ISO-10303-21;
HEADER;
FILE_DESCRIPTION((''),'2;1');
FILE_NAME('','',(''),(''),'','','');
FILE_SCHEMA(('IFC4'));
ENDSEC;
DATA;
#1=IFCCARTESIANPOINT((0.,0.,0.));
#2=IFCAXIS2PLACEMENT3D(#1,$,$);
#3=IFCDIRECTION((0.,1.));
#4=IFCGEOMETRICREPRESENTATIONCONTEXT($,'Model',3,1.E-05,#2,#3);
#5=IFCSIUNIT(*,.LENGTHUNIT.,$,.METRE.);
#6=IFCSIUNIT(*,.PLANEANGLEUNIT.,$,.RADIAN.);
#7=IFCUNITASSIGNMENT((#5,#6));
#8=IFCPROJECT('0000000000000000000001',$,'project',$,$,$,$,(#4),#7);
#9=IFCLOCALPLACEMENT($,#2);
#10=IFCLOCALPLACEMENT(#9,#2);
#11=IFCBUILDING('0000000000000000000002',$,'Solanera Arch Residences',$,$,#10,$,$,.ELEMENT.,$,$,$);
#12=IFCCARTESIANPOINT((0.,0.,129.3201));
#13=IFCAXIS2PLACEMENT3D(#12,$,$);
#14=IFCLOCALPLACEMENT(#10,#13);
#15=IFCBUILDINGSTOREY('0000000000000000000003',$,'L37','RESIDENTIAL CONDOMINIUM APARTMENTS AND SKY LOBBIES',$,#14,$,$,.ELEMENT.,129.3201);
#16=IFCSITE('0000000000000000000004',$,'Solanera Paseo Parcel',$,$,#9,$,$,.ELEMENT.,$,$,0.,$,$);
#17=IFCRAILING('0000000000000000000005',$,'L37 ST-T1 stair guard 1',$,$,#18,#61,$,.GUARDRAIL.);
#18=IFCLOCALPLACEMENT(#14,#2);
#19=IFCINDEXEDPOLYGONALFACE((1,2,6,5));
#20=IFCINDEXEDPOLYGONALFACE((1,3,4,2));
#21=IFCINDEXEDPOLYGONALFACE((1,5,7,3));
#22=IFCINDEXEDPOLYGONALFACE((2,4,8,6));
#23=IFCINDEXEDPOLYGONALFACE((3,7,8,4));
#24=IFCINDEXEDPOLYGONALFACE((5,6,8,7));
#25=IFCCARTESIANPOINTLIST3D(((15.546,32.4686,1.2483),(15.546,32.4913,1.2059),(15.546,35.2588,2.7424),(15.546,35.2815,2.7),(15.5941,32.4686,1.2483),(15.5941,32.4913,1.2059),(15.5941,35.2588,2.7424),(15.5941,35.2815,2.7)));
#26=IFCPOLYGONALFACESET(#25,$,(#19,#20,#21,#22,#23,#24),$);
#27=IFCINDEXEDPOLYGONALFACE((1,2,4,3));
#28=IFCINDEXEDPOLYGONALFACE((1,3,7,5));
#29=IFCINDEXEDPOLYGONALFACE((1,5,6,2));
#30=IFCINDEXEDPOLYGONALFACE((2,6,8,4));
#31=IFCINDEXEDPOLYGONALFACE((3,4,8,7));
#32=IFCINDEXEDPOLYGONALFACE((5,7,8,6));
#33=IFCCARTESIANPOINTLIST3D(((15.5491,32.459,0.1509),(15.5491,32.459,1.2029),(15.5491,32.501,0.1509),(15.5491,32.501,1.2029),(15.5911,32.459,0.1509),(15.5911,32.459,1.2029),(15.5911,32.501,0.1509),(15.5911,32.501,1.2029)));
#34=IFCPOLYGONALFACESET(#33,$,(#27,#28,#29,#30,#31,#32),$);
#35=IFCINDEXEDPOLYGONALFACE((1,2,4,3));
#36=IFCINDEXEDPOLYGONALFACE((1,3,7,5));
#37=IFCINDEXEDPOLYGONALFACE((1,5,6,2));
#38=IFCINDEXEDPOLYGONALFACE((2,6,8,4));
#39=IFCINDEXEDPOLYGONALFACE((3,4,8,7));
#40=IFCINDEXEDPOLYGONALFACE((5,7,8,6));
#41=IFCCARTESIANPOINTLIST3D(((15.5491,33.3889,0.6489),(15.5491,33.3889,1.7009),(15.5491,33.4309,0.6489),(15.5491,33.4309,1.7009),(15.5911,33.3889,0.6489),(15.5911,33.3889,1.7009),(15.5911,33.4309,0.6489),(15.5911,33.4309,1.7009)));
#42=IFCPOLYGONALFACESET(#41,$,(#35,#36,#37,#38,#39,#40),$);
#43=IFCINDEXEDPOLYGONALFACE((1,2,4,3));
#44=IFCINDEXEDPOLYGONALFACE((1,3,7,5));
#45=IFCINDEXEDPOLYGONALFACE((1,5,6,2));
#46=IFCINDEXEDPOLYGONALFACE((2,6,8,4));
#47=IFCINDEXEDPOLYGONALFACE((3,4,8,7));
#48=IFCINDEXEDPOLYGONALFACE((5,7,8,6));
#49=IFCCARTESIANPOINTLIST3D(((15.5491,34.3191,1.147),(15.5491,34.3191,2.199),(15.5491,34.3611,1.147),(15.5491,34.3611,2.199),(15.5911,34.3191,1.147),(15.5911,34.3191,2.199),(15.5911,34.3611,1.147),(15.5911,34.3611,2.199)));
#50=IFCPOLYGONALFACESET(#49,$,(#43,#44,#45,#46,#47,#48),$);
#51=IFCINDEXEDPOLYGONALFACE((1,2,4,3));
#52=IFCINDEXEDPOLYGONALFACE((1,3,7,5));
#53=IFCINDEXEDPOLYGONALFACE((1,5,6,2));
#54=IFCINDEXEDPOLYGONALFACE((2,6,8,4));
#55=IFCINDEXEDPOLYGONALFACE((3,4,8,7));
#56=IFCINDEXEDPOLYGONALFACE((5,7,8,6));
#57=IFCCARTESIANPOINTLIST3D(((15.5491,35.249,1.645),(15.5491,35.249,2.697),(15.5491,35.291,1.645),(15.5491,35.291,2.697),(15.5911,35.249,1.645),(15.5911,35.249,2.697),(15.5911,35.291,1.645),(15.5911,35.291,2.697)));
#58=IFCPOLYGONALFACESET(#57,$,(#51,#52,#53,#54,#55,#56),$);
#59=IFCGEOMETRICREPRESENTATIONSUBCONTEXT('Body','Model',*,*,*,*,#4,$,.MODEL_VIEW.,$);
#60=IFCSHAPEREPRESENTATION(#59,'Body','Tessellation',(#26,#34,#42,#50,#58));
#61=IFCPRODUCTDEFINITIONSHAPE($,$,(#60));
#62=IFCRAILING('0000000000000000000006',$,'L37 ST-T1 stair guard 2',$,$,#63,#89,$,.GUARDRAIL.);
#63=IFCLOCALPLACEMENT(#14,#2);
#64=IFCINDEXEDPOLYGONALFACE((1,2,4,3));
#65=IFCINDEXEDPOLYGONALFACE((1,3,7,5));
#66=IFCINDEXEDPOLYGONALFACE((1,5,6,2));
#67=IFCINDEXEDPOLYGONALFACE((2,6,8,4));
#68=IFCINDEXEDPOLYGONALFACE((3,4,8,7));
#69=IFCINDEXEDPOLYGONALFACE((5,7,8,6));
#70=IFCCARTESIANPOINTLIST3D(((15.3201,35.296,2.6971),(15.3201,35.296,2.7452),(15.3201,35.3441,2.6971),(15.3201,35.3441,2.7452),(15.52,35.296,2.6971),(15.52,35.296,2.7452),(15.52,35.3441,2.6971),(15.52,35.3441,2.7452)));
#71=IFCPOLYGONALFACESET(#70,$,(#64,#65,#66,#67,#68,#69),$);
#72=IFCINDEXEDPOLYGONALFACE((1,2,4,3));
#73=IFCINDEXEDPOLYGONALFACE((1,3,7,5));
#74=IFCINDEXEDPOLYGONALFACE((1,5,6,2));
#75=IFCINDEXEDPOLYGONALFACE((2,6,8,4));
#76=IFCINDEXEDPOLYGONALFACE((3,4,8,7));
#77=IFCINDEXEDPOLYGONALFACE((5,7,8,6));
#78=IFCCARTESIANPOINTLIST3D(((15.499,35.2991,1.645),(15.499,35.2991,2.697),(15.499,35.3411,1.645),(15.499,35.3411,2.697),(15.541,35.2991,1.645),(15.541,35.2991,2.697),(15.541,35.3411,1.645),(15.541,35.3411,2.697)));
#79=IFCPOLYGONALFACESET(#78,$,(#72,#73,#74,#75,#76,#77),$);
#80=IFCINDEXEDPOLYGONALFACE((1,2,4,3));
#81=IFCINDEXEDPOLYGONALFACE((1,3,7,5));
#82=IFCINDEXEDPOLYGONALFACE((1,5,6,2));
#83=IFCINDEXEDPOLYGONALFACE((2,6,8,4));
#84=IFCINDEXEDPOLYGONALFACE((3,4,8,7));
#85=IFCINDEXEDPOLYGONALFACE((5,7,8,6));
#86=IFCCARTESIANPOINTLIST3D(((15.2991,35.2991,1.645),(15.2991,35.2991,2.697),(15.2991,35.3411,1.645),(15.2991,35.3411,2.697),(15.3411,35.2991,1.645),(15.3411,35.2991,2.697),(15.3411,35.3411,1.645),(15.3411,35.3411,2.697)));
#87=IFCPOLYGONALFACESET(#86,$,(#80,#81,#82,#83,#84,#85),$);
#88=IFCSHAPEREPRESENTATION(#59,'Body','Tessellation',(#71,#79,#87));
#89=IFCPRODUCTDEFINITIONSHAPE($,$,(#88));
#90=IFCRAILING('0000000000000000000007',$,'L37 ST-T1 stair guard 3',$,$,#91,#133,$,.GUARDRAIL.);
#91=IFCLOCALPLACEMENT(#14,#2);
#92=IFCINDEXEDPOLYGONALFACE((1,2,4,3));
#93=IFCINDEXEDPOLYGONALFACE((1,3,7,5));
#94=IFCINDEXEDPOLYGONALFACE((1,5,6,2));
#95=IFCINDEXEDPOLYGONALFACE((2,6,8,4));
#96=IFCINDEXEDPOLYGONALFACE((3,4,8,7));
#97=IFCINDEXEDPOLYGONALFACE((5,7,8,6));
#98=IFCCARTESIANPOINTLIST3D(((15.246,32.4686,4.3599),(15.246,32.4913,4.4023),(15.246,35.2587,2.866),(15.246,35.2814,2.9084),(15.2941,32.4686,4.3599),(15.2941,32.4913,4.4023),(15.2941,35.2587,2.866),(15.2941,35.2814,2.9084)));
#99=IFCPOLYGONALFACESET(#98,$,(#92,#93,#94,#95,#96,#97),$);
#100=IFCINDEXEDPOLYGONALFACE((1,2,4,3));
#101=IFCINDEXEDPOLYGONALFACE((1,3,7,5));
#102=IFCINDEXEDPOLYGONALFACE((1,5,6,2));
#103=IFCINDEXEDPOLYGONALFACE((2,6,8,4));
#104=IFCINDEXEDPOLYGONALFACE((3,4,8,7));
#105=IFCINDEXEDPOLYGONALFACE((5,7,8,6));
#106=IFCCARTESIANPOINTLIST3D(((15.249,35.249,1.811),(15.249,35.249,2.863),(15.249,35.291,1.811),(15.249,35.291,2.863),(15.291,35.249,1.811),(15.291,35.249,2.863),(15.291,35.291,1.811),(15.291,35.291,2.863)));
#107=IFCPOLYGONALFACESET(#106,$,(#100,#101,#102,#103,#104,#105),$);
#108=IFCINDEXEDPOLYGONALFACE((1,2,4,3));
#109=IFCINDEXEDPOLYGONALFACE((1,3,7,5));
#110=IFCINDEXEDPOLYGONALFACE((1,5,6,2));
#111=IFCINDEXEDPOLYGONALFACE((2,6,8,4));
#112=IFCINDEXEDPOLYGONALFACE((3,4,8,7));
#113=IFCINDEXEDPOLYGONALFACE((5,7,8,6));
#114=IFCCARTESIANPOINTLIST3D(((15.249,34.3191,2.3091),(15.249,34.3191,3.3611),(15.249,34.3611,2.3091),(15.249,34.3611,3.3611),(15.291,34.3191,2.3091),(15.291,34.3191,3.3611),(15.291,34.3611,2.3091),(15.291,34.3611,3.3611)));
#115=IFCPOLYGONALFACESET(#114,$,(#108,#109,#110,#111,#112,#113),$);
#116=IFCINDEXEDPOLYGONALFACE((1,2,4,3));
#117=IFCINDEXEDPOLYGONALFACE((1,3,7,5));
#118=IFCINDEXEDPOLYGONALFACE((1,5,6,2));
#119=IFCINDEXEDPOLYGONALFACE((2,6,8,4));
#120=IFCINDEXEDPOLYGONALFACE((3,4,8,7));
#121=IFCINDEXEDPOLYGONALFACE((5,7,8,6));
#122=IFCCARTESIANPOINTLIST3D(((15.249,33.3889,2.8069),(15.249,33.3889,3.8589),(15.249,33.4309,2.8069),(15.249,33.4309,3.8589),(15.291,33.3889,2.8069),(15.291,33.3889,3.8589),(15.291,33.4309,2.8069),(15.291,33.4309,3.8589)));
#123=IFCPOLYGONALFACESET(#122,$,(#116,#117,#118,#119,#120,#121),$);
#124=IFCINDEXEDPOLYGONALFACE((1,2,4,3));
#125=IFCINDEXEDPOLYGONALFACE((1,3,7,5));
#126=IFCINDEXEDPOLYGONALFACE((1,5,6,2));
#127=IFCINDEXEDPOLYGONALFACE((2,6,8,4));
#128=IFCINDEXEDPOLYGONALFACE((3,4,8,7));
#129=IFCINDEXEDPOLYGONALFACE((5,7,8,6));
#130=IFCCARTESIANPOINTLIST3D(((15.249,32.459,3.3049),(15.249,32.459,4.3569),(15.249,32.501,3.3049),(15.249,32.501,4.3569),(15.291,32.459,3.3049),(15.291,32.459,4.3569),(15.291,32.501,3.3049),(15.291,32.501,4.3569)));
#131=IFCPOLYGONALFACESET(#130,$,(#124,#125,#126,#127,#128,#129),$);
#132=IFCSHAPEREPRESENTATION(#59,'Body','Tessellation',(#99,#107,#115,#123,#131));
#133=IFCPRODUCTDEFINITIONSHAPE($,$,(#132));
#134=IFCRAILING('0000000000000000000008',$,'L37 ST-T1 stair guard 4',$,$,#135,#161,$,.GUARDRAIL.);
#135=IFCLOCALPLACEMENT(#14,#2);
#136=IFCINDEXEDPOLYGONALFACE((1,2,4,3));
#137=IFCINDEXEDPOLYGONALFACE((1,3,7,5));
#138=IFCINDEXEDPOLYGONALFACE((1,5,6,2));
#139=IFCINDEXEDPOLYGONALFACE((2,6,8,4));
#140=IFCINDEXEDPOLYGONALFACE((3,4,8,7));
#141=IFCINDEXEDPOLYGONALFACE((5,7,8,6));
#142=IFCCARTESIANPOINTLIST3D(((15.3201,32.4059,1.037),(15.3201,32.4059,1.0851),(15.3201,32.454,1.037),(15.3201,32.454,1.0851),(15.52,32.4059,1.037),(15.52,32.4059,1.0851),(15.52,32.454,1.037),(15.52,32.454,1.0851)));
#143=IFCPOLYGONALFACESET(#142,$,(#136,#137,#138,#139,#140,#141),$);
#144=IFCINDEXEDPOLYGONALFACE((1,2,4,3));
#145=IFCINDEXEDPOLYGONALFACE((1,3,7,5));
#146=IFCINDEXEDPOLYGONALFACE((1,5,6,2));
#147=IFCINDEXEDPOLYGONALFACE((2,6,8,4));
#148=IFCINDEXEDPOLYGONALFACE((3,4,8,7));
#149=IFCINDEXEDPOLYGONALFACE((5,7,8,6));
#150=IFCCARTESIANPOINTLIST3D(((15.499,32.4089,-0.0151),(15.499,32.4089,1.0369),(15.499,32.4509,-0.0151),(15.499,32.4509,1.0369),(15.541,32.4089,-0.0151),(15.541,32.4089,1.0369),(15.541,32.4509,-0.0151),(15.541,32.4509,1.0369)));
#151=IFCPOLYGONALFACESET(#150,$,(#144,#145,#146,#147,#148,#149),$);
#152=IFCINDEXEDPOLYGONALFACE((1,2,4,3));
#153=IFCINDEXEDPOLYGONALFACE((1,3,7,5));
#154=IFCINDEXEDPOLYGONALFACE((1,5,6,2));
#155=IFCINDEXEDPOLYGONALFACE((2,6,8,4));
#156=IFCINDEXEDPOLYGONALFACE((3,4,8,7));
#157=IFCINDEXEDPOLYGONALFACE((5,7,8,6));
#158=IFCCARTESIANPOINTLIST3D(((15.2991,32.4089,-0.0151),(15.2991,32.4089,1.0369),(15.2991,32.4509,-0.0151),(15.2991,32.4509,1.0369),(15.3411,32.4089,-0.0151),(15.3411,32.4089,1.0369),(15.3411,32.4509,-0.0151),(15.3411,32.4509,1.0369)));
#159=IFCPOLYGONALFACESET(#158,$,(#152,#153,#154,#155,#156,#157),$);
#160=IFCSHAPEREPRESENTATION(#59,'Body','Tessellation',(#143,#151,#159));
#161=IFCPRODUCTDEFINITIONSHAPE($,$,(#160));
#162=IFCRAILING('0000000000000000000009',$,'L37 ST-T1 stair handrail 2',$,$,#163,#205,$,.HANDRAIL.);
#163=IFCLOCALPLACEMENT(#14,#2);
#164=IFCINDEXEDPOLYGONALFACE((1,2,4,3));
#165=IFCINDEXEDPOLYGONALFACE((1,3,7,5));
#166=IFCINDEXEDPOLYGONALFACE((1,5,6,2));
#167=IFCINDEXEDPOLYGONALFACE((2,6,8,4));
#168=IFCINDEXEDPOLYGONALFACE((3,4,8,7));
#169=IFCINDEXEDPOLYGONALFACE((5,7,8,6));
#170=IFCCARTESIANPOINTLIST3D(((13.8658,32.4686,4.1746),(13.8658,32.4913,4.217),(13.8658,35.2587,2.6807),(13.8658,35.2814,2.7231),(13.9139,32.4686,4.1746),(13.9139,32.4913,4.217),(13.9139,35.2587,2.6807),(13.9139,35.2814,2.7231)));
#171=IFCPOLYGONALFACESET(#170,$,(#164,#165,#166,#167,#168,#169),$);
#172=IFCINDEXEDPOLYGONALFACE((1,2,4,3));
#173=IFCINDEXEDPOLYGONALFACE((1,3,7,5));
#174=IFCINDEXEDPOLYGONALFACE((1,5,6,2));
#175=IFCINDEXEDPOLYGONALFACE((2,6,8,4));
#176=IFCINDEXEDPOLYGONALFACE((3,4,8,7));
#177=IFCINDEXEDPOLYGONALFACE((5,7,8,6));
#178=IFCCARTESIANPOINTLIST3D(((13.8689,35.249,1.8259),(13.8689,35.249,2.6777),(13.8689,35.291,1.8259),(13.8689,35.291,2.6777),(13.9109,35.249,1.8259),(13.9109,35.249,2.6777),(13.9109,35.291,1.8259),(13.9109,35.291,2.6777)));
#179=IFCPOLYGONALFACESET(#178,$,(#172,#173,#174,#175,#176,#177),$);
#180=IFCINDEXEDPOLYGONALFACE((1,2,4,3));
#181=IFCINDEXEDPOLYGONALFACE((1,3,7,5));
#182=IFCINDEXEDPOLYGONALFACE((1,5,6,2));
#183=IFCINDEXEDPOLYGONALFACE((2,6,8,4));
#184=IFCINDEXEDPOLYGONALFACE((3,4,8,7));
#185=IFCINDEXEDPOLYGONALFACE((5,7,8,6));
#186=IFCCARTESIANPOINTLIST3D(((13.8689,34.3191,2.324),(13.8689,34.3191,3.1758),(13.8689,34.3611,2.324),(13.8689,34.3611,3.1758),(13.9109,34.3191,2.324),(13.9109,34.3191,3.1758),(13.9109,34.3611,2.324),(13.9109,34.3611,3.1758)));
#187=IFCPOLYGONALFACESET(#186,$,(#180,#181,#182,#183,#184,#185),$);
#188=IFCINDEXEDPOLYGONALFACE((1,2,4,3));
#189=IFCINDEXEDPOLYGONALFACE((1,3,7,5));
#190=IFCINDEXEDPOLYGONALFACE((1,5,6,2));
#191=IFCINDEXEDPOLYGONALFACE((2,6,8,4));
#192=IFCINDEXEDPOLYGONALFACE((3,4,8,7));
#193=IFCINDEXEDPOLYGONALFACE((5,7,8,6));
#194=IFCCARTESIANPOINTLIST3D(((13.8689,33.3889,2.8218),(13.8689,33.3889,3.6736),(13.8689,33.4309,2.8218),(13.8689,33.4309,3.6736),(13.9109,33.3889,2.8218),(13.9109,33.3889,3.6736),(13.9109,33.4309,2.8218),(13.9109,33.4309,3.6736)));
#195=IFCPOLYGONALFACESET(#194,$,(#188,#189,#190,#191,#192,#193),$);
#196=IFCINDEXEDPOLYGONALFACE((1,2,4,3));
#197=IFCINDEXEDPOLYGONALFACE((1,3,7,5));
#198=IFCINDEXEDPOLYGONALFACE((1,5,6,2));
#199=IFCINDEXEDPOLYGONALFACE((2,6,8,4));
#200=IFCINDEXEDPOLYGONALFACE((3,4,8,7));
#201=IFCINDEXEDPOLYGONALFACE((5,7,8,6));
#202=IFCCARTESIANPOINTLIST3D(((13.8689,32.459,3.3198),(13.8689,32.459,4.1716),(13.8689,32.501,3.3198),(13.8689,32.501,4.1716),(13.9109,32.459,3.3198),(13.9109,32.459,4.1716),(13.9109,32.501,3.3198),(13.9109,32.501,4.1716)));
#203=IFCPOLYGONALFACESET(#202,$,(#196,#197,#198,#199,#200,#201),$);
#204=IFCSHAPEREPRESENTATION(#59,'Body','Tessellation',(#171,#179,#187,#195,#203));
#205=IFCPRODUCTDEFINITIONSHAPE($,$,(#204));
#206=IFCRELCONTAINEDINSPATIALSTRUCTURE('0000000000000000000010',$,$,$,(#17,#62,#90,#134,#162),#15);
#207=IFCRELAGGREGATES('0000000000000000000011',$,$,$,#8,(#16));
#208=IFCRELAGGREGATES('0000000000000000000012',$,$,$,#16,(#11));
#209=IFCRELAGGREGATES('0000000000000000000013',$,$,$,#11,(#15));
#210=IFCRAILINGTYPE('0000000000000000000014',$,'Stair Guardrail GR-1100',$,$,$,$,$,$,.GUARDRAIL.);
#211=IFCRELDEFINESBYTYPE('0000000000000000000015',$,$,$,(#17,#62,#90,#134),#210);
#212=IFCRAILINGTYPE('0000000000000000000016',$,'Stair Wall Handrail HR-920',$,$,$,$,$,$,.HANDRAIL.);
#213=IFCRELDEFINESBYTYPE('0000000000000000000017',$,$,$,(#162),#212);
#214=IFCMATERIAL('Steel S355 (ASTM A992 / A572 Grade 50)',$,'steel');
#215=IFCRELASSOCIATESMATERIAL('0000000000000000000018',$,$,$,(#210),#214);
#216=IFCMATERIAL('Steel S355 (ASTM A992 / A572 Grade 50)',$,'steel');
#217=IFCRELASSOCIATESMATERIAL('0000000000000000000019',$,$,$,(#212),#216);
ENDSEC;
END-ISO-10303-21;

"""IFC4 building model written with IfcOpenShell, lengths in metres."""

from ifc_helpers import new_model, si_unit, direction, frame, origin, origin_2d, place, context, subcontext, project, spatial, rectangle, extrude, material, type_object, element, save


model = new_model("IFC4")

# Units and contexts
model_context = context("Model", 3, precision=1e-05, world=origin(), true_north=direction((0.0, 1.0)))
body_context = subcontext(model_context, "Body", "Model", "MODEL_VIEW")
ifc_project = project(units=[si_unit("LENGTHUNIT", "METRE"), si_unit("PLANEANGLEUNIT", "RADIAN")], contexts=[model_context])

# Site, building, storey
site_placement = place(None, origin())
site = spatial("IfcSite", under=ifc_project, at=site_placement, Name="Solanera Paseo Parcel", CompositionType="ELEMENT", RefElevation=0.0)
building_placement = place(site_placement, origin())
building = spatial("IfcBuilding", under=site, at=building_placement, Name="Solanera Arch Residences", CompositionType="ELEMENT")
storey_placement = place(building_placement, frame((0.0, 0.0, 129.3201)))
storey = spatial("IfcBuildingStorey", under=building, at=storey_placement, Name="L37", Description="RESIDENTIAL CONDOMINIUM APARTMENTS AND SKY LOBBIES", CompositionType="ELEMENT", Elevation=129.3201)

# Railings
ifc_material_1 = material(Name="Steel S355 (ASTM A992 / A572 Grade 50)", Category="steel")
railing_type_1 = type_object("IfcRailingType", Name="Stair Guardrail GR-1100", PredefinedType="GUARDRAIL", material=ifc_material_1)
railing_1_placement = place(storey_placement, frame((15.5701, 32.48, 0.1509)))
element("IfcRailing", 1, at=railing_1_placement, inside=storey, type_object=railing_type_1, Name="L37 ST-T1 stair guard 1", PredefinedType="GUARDRAIL", context=body_context, shape_type="SweptSolid", body=[
    extrude(rectangle(XDim=0.0481, YDim=0.0481, at=origin_2d()), frame((0.0, 0.0, 1.0762), z_axis=(0.0, 0.881549, 0.472093), x_axis=(-1.0, 0.0, 0.0)), (0.0, 0.0, 1.0), 3.165),
    extrude(rectangle(XDim=0.042, YDim=0.042, at=origin_2d()), origin(), (0.0, 0.0, 1.0), 1.052),
    extrude(rectangle(XDim=0.042, YDim=0.042, at=origin_2d()), frame((0.0, 0.9299, 0.498)), (0.0, 0.0, 1.0), 1.052),
    extrude(rectangle(XDim=0.042, YDim=0.042, at=origin_2d()), frame((0.0, 1.8601, 0.9961)), (0.0, 0.0, 1.0), 1.052),
    extrude(rectangle(XDim=0.042, YDim=0.042, at=origin_2d()), frame((0.0, 2.79, 1.4941)), (0.0, 0.0, 1.0), 1.052),
])
railing_2_placement = place(storey_placement, frame((15.52, 35.3201, 1.645)))
element("IfcRailing", 2, at=railing_2_placement, inside=storey, type_object=railing_type_1, Name="L37 ST-T1 stair guard 2", PredefinedType="GUARDRAIL", context=body_context, shape_type="SweptSolid", body=[
    extrude(rectangle(XDim=0.0481, YDim=0.0481, at=origin_2d()), frame((0.0, 0.0, 1.0762), z_axis=(-1.0, 0.0, 0.0), x_axis=(0.0, -1.0, 0.0)), (0.0, 0.0, 1.0), 0.2),
    extrude(rectangle(XDim=0.042, YDim=0.042, at=origin_2d()), origin(), (0.0, 0.0, 1.0), 1.052),
    extrude(rectangle(XDim=0.042, YDim=0.042, at=origin_2d()), frame((-0.2, 0.0, 0.0)), (0.0, 0.0, 1.0), 1.052),
])
railing_3_placement = place(storey_placement, frame((15.27, 35.27, 1.811)))
element("IfcRailing", 3, at=railing_3_placement, inside=storey, type_object=railing_type_1, Name="L37 ST-T1 stair guard 3", PredefinedType="GUARDRAIL", context=body_context, shape_type="SweptSolid", body=[
    extrude(rectangle(XDim=0.0481, YDim=0.0481, at=origin_2d()), frame((0.0, 0.0, 1.0762), z_axis=(0.0, -0.881581, 0.472033), x_axis=(1.0, 0.0, 0.0)), (0.0, 0.0, 1.0), 3.1648),
    extrude(rectangle(XDim=0.042, YDim=0.042, at=origin_2d()), origin(), (0.0, 0.0, 1.0), 1.052),
    extrude(rectangle(XDim=0.042, YDim=0.042, at=origin_2d()), frame((0.0, -0.9299, 0.498)), (0.0, 0.0, 1.0), 1.052),
    extrude(rectangle(XDim=0.042, YDim=0.042, at=origin_2d()), frame((0.0, -1.8601, 0.9958)), (0.0, 0.0, 1.0), 1.052),
    extrude(rectangle(XDim=0.042, YDim=0.042, at=origin_2d()), frame((0.0, -2.79, 1.4939)), (0.0, 0.0, 1.0), 1.052),
])
railing_4_placement = place(storey_placement, frame((15.52, 32.4299, -0.0151)))
element("IfcRailing", 4, at=railing_4_placement, inside=storey, type_object=railing_type_1, Name="L37 ST-T1 stair guard 4", PredefinedType="GUARDRAIL", context=body_context, shape_type="SweptSolid", body=[
    extrude(rectangle(XDim=0.0481, YDim=0.0481, at=origin_2d()), frame((0.0, 0.0, 1.0762), z_axis=(-1.0, 0.0, 0.0), x_axis=(0.0, -1.0, 0.0)), (0.0, 0.0, 1.0), 0.2),
    extrude(rectangle(XDim=0.042, YDim=0.042, at=origin_2d()), origin(), (0.0, 0.0, 1.0), 1.052),
    extrude(rectangle(XDim=0.042, YDim=0.042, at=origin_2d()), frame((-0.2, 0.0, 0.0)), (0.0, 0.0, 1.0), 1.052),
])
ifc_material_2 = material(Name="Steel S355 (ASTM A992 / A572 Grade 50)", Category="steel")
railing_type_2 = type_object("IfcRailingType", Name="Stair Wall Handrail HR-920", PredefinedType="HANDRAIL", material=ifc_material_2)
railing_5_placement = place(storey_placement, frame((13.8899, 35.27, 1.8259)))
element("IfcRailing", 5, at=railing_5_placement, inside=storey, type_object=railing_type_2, Name="L37 ST-T1 stair handrail 2", PredefinedType="HANDRAIL", context=body_context, shape_type="SweptSolid", body=[
    extrude(rectangle(XDim=0.0481, YDim=0.0481, at=origin_2d()), frame((0.0, 0.0, 0.876), z_axis=(0.0, -0.881581, 0.472033), x_axis=(1.0, 0.0, 0.0)), (0.0, 0.0, 1.0), 3.1648),
    extrude(rectangle(XDim=0.042, YDim=0.042, at=origin_2d()), origin(), (0.0, 0.0, 1.0), 0.8518),
    extrude(rectangle(XDim=0.042, YDim=0.042, at=origin_2d()), frame((0.0, -0.9299, 0.498)), (0.0, 0.0, 1.0), 0.8518),
    extrude(rectangle(XDim=0.042, YDim=0.042, at=origin_2d()), frame((0.0, -1.8601, 0.9958)), (0.0, 0.0, 1.0), 0.8518),
    extrude(rectangle(XDim=0.042, YDim=0.042, at=origin_2d()), frame((0.0, -2.79, 1.4939)), (0.0, 0.0, 1.0), 0.8518),
])

save(model, "model.ifc")
